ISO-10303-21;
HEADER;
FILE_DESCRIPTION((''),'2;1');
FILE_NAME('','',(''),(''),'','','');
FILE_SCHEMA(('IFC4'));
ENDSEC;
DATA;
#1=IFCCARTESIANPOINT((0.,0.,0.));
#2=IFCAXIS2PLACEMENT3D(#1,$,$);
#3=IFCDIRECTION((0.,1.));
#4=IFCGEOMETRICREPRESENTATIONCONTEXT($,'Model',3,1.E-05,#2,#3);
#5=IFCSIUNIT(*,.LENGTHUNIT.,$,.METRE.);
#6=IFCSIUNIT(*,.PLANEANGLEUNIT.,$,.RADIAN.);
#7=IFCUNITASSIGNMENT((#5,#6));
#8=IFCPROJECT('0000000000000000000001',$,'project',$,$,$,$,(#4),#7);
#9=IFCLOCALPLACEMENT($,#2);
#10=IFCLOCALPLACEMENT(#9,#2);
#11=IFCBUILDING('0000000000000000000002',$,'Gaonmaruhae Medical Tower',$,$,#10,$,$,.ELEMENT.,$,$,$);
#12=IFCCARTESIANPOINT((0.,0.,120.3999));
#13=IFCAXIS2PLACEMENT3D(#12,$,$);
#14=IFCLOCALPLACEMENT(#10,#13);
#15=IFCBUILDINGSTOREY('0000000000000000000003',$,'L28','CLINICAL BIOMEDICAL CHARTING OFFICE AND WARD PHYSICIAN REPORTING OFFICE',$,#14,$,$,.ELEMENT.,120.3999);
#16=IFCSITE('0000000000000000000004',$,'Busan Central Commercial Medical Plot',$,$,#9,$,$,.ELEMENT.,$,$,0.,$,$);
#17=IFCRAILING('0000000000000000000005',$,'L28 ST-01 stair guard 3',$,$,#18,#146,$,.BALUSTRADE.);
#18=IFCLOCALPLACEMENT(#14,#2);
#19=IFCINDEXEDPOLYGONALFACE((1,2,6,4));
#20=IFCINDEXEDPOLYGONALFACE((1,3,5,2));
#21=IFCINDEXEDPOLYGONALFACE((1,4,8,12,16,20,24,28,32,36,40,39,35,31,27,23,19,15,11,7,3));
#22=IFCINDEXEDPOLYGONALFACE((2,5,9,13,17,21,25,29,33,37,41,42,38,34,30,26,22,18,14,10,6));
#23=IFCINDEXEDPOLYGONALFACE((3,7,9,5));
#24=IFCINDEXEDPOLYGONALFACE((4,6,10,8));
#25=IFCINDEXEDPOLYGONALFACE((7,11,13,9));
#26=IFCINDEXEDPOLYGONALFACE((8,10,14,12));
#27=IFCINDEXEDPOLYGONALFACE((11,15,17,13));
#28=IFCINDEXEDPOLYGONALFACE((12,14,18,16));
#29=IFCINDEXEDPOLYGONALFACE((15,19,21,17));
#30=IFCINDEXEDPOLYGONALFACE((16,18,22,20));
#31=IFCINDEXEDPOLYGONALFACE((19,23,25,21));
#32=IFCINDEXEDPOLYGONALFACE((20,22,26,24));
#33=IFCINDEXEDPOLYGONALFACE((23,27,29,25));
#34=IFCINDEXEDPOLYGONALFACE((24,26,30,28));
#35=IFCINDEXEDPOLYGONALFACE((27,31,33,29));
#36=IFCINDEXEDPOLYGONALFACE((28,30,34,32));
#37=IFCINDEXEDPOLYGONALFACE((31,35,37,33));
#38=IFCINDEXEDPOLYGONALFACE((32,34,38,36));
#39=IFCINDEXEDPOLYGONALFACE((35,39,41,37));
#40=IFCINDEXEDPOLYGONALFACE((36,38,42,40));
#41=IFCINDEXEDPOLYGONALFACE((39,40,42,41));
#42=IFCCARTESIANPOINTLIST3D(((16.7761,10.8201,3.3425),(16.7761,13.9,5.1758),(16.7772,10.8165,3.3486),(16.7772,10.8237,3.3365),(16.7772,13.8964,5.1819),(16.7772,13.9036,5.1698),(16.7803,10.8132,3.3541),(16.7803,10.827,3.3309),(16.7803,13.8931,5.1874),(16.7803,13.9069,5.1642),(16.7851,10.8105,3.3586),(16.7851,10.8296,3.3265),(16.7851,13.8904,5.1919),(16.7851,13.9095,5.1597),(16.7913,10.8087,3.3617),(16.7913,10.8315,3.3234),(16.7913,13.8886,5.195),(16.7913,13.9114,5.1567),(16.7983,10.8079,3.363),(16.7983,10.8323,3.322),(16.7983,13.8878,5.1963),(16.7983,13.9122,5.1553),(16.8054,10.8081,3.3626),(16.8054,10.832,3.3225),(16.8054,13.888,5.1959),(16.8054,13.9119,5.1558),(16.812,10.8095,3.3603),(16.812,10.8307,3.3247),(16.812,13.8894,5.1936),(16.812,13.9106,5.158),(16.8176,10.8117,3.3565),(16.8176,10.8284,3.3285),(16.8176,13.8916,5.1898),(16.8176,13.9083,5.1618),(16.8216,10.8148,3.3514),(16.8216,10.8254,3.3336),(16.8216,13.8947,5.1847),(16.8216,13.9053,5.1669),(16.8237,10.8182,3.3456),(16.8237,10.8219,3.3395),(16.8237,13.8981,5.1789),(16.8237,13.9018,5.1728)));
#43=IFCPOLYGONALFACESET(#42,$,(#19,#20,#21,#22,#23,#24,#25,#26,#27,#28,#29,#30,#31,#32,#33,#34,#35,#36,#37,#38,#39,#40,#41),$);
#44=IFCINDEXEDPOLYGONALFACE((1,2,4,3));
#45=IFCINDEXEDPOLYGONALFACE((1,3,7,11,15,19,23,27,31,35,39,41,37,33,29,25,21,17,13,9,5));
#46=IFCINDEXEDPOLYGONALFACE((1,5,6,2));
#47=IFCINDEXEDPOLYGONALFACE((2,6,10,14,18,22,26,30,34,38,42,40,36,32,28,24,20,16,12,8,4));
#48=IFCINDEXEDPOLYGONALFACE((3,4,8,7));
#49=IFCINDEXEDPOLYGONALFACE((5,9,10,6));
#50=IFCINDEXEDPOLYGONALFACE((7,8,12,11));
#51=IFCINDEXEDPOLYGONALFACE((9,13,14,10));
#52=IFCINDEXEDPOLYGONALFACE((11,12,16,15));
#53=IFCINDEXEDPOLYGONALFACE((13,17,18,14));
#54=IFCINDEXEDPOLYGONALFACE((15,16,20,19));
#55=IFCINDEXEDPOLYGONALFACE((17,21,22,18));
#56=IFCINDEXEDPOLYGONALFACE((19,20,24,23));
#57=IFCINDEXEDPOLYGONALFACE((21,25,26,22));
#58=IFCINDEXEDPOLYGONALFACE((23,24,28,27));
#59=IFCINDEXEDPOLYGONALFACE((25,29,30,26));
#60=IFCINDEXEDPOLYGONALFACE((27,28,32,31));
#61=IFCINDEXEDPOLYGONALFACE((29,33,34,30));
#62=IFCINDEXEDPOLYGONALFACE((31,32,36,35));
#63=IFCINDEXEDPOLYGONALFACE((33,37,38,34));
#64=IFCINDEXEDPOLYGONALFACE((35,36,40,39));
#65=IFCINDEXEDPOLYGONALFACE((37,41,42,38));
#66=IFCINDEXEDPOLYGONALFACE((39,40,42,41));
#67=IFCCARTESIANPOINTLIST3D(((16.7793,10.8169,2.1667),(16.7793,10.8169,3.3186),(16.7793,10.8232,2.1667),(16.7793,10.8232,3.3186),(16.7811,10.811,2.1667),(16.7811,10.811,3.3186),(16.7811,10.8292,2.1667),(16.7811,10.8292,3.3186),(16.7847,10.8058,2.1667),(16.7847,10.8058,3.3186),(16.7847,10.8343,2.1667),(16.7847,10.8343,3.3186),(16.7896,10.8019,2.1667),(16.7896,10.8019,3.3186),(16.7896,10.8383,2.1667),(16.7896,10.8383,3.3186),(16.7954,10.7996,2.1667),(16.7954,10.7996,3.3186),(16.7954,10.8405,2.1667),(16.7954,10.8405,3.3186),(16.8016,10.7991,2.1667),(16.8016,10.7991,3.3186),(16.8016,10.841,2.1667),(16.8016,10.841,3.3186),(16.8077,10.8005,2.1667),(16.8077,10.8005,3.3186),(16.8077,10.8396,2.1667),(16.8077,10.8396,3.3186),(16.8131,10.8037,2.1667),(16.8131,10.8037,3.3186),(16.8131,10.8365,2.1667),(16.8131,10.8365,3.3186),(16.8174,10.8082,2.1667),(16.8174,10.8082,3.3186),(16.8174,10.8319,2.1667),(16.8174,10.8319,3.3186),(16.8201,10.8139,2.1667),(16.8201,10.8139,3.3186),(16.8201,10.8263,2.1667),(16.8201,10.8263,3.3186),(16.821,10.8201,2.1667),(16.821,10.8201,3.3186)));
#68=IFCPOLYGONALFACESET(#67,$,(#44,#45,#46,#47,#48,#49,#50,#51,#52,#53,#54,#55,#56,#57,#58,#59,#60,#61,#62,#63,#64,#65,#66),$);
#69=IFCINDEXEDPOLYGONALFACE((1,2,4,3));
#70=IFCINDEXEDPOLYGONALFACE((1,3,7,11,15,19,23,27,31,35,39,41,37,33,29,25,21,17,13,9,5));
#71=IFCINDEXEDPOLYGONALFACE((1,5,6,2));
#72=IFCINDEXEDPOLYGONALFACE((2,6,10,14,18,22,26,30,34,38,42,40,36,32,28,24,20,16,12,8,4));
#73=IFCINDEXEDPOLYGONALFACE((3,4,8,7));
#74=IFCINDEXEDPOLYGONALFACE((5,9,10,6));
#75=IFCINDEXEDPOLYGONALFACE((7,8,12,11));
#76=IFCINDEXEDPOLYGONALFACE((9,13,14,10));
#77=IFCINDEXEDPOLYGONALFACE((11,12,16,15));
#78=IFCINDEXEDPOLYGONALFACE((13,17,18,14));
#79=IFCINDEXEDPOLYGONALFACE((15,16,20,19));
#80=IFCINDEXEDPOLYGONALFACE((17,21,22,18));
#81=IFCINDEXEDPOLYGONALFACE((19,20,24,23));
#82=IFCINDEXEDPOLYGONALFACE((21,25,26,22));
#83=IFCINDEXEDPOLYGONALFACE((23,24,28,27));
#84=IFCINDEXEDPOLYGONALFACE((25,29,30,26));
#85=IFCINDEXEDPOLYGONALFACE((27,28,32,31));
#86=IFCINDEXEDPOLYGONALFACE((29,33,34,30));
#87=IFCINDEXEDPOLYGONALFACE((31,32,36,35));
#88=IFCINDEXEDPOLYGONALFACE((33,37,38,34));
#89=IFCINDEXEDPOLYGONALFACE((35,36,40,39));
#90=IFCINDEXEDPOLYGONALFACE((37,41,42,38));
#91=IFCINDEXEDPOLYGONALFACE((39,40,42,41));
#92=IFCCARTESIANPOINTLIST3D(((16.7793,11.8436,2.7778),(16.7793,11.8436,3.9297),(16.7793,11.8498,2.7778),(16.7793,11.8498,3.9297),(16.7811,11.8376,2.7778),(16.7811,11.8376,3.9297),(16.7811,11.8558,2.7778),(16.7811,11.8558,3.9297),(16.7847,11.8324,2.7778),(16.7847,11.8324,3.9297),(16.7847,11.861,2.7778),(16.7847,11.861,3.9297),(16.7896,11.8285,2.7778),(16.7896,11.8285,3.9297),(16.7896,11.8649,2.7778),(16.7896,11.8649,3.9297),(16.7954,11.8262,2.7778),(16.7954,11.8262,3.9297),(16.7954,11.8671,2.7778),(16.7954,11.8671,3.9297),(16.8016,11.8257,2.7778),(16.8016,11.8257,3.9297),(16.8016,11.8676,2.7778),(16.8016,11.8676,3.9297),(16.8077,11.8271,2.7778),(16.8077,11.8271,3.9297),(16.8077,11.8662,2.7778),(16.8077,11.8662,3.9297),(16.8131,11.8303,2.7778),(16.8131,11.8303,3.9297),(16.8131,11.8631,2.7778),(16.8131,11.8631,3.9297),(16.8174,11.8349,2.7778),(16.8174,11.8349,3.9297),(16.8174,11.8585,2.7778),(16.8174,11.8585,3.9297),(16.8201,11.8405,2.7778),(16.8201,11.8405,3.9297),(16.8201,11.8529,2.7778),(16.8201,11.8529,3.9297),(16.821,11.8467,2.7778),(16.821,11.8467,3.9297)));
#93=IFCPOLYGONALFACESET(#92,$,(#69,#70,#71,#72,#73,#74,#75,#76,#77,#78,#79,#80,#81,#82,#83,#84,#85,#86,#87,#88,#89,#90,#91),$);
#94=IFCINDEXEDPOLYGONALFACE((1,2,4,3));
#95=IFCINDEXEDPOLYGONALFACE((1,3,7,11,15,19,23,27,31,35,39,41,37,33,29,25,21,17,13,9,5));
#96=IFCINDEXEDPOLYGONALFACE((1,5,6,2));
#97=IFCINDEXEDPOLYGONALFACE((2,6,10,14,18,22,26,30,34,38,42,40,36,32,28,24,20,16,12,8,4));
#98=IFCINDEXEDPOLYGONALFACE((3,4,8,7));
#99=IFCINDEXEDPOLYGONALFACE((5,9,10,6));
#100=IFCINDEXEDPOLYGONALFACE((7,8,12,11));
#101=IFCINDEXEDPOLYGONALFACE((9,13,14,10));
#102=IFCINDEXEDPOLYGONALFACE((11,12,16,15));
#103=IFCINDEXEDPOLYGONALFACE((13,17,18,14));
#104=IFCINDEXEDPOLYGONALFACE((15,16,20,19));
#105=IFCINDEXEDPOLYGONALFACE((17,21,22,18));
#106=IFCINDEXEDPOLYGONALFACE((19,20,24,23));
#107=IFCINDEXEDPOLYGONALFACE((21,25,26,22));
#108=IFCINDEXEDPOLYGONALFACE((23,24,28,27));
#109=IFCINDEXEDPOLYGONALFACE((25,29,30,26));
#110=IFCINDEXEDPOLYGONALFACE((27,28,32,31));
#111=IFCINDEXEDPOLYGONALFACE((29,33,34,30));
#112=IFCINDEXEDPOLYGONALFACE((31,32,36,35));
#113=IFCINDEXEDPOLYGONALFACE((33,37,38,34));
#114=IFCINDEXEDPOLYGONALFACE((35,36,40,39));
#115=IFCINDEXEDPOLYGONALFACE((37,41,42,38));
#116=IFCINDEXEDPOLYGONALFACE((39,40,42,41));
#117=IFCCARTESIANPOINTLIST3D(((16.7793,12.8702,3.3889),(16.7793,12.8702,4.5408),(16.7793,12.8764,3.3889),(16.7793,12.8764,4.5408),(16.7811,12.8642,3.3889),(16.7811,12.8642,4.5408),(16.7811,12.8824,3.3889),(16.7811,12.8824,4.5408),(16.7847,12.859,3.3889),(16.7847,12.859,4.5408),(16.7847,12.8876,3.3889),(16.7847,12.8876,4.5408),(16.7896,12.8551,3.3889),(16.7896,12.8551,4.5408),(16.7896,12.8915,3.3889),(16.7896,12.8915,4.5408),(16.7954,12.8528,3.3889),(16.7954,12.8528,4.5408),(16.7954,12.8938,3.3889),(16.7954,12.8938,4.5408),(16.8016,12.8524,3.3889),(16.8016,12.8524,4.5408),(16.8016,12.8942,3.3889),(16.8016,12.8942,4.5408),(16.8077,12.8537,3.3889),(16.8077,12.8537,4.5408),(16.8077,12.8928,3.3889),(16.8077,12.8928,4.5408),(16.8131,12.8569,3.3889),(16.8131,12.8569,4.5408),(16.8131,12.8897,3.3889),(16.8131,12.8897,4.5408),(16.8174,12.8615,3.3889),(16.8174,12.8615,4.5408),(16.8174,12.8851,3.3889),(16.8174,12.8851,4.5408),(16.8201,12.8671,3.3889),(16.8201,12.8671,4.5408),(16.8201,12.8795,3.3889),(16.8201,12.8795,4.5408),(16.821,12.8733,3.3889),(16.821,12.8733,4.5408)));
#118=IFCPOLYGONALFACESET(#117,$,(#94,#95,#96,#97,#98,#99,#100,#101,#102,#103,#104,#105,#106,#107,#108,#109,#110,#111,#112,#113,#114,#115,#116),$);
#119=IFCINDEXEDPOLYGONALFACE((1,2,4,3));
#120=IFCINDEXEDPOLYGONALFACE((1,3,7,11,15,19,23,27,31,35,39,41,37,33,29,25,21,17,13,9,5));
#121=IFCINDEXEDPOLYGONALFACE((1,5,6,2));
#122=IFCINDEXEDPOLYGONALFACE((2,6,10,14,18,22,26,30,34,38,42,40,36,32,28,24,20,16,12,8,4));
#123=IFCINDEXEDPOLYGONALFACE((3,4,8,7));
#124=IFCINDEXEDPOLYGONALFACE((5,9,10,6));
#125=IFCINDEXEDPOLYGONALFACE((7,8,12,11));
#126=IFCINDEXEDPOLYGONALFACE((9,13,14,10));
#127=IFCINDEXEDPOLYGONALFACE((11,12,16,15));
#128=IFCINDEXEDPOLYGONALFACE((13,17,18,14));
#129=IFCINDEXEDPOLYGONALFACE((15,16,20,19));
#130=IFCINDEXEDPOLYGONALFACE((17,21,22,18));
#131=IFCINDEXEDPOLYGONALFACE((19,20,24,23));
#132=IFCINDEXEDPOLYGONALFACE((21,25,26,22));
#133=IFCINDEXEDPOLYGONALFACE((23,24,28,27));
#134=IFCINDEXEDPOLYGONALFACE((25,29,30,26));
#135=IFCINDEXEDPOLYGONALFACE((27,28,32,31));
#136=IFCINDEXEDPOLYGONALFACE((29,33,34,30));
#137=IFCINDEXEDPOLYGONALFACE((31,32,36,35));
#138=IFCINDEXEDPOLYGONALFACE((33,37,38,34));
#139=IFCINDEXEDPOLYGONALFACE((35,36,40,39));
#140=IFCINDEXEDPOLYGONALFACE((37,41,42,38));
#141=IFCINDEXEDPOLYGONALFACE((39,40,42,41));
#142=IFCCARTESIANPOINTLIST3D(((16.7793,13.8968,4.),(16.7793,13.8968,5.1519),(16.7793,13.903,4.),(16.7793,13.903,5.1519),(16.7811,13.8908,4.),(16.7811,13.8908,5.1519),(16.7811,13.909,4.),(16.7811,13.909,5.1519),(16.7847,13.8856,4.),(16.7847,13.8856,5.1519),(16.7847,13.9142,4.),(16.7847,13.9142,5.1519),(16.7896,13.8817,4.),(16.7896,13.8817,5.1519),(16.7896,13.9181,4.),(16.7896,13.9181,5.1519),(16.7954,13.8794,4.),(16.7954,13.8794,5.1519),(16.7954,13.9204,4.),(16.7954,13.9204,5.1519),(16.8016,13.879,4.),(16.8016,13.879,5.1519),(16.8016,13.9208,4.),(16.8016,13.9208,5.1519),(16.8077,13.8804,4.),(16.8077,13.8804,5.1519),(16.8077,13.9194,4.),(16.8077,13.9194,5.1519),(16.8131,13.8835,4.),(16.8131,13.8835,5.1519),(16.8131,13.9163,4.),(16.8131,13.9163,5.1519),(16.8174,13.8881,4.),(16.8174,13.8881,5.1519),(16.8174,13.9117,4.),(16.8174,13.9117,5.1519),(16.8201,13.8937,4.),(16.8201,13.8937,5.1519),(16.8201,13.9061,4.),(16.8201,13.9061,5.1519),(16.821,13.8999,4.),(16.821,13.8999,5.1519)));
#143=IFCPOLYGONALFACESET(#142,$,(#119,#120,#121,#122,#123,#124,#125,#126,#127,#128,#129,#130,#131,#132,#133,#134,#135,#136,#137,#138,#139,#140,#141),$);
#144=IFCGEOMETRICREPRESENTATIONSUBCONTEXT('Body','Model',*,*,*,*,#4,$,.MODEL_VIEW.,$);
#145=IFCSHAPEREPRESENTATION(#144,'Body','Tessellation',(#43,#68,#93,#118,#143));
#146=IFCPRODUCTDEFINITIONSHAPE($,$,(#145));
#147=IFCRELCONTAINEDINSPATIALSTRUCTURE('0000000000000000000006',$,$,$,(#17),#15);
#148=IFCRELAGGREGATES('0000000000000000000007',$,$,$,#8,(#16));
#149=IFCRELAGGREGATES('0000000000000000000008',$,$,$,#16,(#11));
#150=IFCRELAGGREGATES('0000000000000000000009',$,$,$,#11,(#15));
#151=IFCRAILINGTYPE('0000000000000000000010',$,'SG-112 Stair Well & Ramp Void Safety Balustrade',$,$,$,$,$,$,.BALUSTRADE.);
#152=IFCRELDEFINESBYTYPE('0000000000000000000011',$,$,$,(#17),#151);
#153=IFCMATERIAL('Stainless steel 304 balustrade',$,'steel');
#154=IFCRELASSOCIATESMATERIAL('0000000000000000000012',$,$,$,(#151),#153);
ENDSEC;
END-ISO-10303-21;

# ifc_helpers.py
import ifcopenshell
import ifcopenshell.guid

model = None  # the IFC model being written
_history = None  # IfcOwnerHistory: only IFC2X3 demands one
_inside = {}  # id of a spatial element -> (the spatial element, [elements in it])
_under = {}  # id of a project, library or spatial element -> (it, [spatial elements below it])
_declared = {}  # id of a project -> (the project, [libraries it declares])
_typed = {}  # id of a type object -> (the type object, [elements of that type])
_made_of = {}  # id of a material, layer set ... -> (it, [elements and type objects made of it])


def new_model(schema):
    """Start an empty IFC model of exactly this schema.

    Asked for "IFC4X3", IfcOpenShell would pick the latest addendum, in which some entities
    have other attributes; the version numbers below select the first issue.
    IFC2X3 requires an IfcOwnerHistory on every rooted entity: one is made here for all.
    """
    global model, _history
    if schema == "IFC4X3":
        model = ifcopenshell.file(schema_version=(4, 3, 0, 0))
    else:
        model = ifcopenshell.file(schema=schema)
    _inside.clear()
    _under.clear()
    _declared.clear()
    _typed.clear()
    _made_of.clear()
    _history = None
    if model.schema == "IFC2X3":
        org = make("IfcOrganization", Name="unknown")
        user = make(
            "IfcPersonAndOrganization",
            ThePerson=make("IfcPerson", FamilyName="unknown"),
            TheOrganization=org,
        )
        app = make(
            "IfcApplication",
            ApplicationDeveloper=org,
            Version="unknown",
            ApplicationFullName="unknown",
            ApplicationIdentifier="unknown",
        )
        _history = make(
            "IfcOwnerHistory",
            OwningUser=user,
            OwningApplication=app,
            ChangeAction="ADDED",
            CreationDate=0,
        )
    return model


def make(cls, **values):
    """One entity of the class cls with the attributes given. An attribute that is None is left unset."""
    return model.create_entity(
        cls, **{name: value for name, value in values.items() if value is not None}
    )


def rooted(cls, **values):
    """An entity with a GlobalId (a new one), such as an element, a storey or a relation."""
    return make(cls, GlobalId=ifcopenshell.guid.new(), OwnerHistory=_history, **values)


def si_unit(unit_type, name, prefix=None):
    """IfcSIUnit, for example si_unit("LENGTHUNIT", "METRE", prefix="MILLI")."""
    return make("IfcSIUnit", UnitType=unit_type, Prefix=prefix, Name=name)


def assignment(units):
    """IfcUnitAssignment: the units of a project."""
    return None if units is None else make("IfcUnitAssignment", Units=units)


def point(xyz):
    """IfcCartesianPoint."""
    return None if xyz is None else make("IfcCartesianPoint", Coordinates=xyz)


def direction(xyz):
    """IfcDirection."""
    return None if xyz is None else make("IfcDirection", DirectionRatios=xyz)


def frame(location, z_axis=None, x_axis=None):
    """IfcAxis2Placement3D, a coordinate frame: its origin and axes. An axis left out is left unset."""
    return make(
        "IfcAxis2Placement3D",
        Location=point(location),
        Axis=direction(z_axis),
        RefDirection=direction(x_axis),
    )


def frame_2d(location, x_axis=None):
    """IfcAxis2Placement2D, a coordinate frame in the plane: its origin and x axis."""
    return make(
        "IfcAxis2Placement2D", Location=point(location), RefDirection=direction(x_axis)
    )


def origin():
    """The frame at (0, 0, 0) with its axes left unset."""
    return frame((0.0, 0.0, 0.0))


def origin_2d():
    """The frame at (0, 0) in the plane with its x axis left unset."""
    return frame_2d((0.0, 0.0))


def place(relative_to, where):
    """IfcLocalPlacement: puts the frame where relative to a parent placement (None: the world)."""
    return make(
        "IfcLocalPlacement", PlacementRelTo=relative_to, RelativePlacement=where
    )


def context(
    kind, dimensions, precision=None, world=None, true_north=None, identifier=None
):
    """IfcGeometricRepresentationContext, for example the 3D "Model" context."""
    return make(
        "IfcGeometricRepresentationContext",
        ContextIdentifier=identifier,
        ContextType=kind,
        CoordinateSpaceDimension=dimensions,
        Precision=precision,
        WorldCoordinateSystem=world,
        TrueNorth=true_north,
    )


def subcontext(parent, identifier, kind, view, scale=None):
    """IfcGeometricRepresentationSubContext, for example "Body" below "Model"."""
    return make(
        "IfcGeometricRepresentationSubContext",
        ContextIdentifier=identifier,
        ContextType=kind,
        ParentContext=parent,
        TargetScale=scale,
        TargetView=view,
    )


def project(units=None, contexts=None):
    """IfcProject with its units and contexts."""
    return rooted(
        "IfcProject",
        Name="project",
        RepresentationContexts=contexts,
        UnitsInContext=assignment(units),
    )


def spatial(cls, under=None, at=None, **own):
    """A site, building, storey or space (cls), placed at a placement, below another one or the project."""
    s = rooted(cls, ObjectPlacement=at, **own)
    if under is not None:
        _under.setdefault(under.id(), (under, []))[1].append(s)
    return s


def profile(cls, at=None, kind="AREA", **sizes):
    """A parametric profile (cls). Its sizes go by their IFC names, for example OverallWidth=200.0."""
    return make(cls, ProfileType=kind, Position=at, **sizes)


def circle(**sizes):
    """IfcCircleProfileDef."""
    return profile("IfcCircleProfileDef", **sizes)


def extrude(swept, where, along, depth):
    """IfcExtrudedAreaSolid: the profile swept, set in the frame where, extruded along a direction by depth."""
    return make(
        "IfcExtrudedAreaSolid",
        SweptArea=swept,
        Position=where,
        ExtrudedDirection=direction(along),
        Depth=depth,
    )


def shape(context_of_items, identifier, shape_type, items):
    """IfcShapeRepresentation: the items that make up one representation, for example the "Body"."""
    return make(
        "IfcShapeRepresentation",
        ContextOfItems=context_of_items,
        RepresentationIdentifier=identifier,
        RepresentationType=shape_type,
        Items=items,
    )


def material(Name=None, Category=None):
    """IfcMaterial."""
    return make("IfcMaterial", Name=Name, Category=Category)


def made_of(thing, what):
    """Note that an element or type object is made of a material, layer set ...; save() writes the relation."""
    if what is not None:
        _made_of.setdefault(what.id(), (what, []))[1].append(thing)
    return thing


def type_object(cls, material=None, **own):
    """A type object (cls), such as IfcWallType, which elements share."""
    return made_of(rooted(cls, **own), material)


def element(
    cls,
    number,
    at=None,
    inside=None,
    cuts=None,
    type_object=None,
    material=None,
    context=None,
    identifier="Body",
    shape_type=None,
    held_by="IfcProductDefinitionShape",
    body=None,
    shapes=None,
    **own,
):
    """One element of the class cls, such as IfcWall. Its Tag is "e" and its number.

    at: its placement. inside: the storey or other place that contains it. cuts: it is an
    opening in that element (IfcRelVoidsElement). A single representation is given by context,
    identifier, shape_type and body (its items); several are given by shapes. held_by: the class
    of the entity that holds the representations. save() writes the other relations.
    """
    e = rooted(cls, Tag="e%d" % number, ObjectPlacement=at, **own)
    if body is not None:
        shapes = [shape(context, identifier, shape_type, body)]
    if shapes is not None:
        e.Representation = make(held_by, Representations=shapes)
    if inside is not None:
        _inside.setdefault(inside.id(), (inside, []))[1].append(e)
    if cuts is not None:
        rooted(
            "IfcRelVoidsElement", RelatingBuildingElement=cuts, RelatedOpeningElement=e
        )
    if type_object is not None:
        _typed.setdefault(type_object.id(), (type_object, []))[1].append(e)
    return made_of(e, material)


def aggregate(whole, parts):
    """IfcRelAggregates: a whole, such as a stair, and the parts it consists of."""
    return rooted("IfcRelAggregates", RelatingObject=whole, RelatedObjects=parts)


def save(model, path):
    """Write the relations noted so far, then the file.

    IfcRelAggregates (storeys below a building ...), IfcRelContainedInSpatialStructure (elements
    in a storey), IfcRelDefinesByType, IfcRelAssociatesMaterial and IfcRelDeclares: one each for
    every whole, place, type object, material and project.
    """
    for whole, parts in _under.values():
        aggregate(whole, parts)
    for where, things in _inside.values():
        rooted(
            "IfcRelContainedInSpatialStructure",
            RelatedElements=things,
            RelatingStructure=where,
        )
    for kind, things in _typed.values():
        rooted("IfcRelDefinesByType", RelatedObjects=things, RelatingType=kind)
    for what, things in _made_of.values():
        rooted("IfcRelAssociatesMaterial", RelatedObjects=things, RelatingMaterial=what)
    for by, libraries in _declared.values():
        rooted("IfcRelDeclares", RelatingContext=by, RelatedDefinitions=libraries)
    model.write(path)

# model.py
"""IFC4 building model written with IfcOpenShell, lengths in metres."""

from ifc_helpers import new_model, si_unit, direction, frame, origin, origin_2d, place, context, subcontext, project, spatial, circle, extrude, material, type_object, element, save


model = new_model("IFC4")

# Units and contexts
model_context = context("Model", 3, precision=1e-05, world=origin(), true_north=direction((0.0, 1.0)))
body_context = subcontext(model_context, "Body", "Model", "MODEL_VIEW")
ifc_project = project(units=[si_unit("LENGTHUNIT", "METRE"), si_unit("PLANEANGLEUNIT", "RADIAN")], contexts=[model_context])

# Site, building, storey
site_placement = place(None, origin())
site = spatial("IfcSite", under=ifc_project, at=site_placement, Name="Busan Central Commercial Medical Plot", CompositionType="ELEMENT", RefElevation=0.0)
building_placement = place(site_placement, origin())
building = spatial("IfcBuilding", under=site, at=building_placement, Name="Gaonmaruhae Medical Tower", CompositionType="ELEMENT")
storey_placement = place(building_placement, frame((0.0, 0.0, 120.3999)))
storey = spatial("IfcBuildingStorey", under=building, at=storey_placement, Name="L28", Description="CLINICAL BIOMEDICAL CHARTING OFFICE AND WARD PHYSICIAN REPORTING OFFICE", CompositionType="ELEMENT", Elevation=120.3999)

# Railing
ifc_material_1 = material(Name="Stainless steel 304 balustrade", Category="steel")
railing_type_1 = type_object("IfcRailingType", Name="SG-112 Stair Well & Ramp Void Safety Balustrade", PredefinedType="BALUSTRADE", material=ifc_material_1)
railing_1_placement = place(storey_placement, frame((16.8, 10.8201, 2.1667)))
element("IfcRailing", 1, at=railing_1_placement, inside=storey, type_object=railing_type_1, Name="L28 ST-01 stair guard 3", PredefinedType="BALUSTRADE", context=body_context, shape_type="SweptSolid", body=[
    extrude(circle(Radius=0.0239, at=origin_2d()), frame((0.0, 0.0, 1.1758), z_axis=(0.0, 0.859291, 0.511487), x_axis=(-1.0, 0.0, 0.0)), (0.0, 0.0, 1.0), 3.5842),
    extrude(circle(Radius=0.021, at=origin_2d()), origin(), (0.0, 0.0, 1.0), 1.1519),
    extrude(circle(Radius=0.021, at=origin_2d()), frame((0.0, 1.0266, 0.6111)), (0.0, 0.0, 1.0), 1.1519),
    extrude(circle(Radius=0.021, at=origin_2d()), frame((0.0, 2.0532, 1.2222)), (0.0, 0.0, 1.0), 1.1519),
    extrude(circle(Radius=0.021, at=origin_2d()), frame((0.0, 3.0798, 1.8333)), (0.0, 0.0, 1.0), 1.1519),
])

save(model, "model.ifc")
